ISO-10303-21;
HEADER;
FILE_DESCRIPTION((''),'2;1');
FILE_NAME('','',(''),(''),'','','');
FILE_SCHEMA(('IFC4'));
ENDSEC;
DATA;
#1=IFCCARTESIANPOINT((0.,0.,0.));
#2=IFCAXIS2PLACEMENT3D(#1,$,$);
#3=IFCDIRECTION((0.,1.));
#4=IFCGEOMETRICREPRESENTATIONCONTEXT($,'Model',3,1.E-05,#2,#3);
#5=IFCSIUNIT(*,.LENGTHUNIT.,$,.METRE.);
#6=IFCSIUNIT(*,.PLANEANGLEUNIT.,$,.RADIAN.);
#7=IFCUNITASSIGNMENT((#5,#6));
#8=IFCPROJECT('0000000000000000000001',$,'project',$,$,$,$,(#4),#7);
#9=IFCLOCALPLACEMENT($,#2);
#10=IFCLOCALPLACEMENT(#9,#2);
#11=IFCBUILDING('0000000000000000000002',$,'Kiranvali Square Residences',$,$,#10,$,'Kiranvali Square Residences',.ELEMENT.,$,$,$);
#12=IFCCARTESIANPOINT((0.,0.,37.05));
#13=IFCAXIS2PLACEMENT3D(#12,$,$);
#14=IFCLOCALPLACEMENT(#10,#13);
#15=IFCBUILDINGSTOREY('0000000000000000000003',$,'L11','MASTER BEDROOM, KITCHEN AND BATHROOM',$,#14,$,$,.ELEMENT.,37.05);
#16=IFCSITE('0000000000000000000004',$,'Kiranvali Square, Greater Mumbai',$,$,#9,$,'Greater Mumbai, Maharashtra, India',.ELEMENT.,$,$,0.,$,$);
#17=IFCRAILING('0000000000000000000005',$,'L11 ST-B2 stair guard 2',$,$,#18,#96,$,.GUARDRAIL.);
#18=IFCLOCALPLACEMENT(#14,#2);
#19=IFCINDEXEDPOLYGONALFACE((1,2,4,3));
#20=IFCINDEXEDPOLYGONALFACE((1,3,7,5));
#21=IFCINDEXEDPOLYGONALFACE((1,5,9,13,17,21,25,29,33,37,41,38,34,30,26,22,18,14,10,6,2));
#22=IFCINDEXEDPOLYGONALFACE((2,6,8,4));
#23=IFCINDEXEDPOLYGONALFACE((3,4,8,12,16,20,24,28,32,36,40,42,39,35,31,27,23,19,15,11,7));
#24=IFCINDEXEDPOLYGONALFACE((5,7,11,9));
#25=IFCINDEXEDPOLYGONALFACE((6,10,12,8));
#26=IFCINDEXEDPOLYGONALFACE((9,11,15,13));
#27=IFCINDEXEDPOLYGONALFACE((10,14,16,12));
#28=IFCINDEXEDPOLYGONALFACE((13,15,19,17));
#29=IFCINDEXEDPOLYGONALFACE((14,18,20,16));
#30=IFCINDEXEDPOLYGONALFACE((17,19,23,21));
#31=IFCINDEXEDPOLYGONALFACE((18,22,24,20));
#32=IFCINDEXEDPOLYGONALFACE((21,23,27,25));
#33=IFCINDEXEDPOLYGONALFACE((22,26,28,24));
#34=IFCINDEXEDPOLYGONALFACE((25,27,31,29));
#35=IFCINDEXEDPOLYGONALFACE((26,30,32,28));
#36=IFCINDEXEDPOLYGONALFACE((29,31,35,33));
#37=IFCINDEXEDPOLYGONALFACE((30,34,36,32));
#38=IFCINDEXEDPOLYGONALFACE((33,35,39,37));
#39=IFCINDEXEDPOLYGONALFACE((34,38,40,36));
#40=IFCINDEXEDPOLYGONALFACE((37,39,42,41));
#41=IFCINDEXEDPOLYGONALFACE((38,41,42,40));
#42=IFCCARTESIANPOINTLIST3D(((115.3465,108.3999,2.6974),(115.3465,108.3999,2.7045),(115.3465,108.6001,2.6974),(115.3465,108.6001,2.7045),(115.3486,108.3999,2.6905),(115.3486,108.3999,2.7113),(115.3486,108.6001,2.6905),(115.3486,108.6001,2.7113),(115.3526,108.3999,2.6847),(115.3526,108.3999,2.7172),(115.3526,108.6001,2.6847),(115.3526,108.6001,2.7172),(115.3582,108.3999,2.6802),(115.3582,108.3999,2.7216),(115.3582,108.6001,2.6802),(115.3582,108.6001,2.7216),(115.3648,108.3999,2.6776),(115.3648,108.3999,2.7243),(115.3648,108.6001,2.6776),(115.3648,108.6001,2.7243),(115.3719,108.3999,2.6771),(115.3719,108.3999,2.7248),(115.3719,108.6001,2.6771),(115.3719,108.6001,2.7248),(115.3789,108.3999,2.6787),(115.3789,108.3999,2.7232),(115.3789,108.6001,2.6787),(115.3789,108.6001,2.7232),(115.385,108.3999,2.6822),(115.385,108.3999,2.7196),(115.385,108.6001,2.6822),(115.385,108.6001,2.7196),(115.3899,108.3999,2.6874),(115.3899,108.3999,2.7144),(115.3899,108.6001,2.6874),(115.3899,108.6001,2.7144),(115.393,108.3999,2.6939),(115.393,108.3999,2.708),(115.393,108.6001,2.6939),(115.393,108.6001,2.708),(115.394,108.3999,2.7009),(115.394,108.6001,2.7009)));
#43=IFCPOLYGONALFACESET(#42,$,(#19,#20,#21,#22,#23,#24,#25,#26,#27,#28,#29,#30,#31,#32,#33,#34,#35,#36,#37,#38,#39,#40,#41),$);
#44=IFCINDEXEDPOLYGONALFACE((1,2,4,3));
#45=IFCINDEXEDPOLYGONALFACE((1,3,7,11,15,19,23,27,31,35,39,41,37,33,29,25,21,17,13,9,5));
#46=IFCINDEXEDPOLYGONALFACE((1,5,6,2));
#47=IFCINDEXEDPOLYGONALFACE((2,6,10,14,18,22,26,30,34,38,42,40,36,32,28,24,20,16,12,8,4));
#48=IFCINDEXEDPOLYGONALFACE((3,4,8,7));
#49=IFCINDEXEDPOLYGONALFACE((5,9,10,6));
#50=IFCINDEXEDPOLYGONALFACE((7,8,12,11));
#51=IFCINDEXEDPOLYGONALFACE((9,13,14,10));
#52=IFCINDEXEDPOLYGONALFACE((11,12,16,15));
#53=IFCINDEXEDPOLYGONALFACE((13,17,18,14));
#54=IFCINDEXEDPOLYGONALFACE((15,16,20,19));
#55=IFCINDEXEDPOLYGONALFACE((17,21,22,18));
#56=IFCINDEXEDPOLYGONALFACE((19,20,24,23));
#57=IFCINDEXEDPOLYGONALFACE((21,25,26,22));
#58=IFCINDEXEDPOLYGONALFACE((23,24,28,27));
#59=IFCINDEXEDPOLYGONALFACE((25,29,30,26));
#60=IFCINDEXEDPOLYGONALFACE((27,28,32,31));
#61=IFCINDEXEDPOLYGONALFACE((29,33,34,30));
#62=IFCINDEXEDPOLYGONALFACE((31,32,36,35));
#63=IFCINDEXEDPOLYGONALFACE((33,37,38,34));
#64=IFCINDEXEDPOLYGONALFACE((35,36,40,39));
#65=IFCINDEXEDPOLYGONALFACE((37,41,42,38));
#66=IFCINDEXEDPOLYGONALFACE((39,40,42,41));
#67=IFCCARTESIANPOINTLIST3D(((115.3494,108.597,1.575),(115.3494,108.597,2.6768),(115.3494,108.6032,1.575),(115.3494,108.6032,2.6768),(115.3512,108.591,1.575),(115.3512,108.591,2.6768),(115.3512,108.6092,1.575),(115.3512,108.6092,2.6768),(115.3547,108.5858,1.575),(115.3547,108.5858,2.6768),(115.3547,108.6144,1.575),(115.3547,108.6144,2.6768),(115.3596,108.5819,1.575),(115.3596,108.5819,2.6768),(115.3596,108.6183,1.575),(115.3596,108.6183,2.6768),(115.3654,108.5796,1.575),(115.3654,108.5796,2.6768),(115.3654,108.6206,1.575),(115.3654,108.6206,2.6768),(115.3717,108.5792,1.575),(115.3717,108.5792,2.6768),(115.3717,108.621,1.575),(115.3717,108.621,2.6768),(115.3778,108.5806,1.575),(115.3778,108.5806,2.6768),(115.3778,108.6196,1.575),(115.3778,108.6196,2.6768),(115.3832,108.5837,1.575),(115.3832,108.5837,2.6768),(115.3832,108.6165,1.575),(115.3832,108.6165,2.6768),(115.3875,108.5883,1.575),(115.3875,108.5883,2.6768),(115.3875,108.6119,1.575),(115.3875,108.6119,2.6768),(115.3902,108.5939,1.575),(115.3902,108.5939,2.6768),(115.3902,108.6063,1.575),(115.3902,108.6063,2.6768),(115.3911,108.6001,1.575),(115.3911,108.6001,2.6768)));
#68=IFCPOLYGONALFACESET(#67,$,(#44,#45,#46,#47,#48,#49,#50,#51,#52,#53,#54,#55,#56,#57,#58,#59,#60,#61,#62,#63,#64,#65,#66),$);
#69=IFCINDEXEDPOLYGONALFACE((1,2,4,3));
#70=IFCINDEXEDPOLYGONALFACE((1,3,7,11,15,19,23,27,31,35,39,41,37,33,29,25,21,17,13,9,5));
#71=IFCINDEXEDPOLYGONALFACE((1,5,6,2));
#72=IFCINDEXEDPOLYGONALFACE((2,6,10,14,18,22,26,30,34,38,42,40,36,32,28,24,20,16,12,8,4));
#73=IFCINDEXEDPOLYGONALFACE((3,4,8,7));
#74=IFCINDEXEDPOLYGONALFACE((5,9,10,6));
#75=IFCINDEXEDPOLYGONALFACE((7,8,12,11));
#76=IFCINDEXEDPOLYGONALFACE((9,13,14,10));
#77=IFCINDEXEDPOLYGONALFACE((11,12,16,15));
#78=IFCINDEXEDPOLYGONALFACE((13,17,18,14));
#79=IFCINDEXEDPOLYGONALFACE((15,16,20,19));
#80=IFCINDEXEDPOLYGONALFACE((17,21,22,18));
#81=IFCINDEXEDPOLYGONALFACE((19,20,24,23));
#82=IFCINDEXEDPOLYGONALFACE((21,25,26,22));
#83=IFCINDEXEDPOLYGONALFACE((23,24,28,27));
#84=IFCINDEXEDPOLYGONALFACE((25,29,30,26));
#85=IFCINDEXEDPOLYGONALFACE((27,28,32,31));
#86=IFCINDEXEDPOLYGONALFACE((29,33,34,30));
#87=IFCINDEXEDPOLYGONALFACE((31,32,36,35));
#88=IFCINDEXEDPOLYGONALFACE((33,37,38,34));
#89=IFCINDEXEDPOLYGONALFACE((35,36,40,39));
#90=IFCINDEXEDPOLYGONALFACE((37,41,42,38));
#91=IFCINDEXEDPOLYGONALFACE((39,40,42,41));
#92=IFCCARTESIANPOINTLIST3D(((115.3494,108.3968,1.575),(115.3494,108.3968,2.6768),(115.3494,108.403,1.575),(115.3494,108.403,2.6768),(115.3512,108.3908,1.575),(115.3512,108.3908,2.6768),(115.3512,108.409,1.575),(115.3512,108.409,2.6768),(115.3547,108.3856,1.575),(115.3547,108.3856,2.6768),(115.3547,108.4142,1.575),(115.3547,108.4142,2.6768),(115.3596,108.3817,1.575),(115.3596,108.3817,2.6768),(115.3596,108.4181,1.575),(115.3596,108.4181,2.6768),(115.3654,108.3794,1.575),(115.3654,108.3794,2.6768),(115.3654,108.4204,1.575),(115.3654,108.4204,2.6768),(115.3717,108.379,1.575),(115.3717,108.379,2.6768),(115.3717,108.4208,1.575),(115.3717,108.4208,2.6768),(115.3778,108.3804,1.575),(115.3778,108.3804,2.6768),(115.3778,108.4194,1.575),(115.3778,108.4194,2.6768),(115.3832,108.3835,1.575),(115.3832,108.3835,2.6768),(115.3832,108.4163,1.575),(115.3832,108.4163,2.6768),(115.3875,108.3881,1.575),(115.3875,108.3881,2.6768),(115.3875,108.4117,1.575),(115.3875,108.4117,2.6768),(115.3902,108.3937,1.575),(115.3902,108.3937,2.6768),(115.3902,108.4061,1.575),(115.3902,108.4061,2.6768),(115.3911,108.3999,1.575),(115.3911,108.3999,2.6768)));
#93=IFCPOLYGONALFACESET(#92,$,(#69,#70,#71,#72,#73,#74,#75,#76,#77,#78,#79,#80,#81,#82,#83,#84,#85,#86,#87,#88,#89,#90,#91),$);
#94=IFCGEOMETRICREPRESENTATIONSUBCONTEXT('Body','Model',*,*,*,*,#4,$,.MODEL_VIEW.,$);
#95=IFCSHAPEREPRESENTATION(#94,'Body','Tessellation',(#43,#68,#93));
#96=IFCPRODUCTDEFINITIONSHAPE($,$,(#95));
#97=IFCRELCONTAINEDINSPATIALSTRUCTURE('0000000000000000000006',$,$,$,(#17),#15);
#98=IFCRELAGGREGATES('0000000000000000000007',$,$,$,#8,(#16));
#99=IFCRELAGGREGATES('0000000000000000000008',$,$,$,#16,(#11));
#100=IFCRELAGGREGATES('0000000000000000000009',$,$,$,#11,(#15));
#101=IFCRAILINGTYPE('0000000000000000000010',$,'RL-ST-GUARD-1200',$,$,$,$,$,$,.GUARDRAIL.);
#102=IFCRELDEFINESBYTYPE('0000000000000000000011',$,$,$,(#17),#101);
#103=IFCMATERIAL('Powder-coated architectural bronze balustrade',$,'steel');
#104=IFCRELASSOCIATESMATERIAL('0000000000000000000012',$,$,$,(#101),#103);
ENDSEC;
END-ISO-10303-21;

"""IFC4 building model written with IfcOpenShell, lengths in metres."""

from ifc_helpers import new_model, si_unit, direction, frame, origin, origin_2d, place, context, subcontext, project, spatial, circle, extrude, material, type_object, element, save


model = new_model("IFC4")

# Units and contexts
model_context = context("Model", 3, precision=1e-05, world=origin(), true_north=direction((0.0, 1.0)))
body_context = subcontext(model_context, "Body", "Model", "MODEL_VIEW")
ifc_project = project(units=[si_unit("LENGTHUNIT", "METRE"), si_unit("PLANEANGLEUNIT", "RADIAN")], contexts=[model_context])

# Site, building, storey
site_placement = place(None, origin())
site = spatial("IfcSite", under=ifc_project, at=site_placement, Name="Kiranvali Square, Greater Mumbai", LongName="Greater Mumbai, Maharashtra, India", CompositionType="ELEMENT", RefElevation=0.0)
building_placement = place(site_placement, origin())
building = spatial("IfcBuilding", under=site, at=building_placement, Name="Kiranvali Square Residences", LongName="Kiranvali Square Residences", CompositionType="ELEMENT")
storey_placement = place(building_placement, frame((0.0, 0.0, 37.05)))
storey = spatial("IfcBuildingStorey", under=building, at=storey_placement, Name="L11", Description="MASTER BEDROOM, KITCHEN AND BATHROOM", CompositionType="ELEMENT", Elevation=37.05)

# Railing
ifc_material_1 = material(Name="Powder-coated architectural bronze balustrade", Category="steel")
railing_type_1 = type_object("IfcRailingType", Name="RL-ST-GUARD-1200", PredefinedType="GUARDRAIL", material=ifc_material_1)
railing_1_placement = place(storey_placement, frame((115.3701, 108.6001, 1.575)))
element("IfcRailing", 1, at=railing_1_placement, inside=storey, type_object=railing_type_1, Name="L11 ST-B2 stair guard 2", PredefinedType="GUARDRAIL", context=body_context, shape_type="SweptSolid", body=[
    extrude(circle(Radius=0.0239, at=origin_2d()), frame((0.0, 0.0, 1.126), z_axis=(0.0, -1.0, 0.0), x_axis=(1.0, 0.0, 0.0)), (0.0, 0.0, 1.0), 0.2002),
    extrude(circle(Radius=0.021, at=origin_2d()), origin(), (0.0, 0.0, 1.0), 1.1018),
    extrude(circle(Radius=0.021, at=origin_2d()), frame((0.0, -0.2002, 0.0)), (0.0, 0.0, 1.0), 1.1018),
])

save(model, "model.ifc")
